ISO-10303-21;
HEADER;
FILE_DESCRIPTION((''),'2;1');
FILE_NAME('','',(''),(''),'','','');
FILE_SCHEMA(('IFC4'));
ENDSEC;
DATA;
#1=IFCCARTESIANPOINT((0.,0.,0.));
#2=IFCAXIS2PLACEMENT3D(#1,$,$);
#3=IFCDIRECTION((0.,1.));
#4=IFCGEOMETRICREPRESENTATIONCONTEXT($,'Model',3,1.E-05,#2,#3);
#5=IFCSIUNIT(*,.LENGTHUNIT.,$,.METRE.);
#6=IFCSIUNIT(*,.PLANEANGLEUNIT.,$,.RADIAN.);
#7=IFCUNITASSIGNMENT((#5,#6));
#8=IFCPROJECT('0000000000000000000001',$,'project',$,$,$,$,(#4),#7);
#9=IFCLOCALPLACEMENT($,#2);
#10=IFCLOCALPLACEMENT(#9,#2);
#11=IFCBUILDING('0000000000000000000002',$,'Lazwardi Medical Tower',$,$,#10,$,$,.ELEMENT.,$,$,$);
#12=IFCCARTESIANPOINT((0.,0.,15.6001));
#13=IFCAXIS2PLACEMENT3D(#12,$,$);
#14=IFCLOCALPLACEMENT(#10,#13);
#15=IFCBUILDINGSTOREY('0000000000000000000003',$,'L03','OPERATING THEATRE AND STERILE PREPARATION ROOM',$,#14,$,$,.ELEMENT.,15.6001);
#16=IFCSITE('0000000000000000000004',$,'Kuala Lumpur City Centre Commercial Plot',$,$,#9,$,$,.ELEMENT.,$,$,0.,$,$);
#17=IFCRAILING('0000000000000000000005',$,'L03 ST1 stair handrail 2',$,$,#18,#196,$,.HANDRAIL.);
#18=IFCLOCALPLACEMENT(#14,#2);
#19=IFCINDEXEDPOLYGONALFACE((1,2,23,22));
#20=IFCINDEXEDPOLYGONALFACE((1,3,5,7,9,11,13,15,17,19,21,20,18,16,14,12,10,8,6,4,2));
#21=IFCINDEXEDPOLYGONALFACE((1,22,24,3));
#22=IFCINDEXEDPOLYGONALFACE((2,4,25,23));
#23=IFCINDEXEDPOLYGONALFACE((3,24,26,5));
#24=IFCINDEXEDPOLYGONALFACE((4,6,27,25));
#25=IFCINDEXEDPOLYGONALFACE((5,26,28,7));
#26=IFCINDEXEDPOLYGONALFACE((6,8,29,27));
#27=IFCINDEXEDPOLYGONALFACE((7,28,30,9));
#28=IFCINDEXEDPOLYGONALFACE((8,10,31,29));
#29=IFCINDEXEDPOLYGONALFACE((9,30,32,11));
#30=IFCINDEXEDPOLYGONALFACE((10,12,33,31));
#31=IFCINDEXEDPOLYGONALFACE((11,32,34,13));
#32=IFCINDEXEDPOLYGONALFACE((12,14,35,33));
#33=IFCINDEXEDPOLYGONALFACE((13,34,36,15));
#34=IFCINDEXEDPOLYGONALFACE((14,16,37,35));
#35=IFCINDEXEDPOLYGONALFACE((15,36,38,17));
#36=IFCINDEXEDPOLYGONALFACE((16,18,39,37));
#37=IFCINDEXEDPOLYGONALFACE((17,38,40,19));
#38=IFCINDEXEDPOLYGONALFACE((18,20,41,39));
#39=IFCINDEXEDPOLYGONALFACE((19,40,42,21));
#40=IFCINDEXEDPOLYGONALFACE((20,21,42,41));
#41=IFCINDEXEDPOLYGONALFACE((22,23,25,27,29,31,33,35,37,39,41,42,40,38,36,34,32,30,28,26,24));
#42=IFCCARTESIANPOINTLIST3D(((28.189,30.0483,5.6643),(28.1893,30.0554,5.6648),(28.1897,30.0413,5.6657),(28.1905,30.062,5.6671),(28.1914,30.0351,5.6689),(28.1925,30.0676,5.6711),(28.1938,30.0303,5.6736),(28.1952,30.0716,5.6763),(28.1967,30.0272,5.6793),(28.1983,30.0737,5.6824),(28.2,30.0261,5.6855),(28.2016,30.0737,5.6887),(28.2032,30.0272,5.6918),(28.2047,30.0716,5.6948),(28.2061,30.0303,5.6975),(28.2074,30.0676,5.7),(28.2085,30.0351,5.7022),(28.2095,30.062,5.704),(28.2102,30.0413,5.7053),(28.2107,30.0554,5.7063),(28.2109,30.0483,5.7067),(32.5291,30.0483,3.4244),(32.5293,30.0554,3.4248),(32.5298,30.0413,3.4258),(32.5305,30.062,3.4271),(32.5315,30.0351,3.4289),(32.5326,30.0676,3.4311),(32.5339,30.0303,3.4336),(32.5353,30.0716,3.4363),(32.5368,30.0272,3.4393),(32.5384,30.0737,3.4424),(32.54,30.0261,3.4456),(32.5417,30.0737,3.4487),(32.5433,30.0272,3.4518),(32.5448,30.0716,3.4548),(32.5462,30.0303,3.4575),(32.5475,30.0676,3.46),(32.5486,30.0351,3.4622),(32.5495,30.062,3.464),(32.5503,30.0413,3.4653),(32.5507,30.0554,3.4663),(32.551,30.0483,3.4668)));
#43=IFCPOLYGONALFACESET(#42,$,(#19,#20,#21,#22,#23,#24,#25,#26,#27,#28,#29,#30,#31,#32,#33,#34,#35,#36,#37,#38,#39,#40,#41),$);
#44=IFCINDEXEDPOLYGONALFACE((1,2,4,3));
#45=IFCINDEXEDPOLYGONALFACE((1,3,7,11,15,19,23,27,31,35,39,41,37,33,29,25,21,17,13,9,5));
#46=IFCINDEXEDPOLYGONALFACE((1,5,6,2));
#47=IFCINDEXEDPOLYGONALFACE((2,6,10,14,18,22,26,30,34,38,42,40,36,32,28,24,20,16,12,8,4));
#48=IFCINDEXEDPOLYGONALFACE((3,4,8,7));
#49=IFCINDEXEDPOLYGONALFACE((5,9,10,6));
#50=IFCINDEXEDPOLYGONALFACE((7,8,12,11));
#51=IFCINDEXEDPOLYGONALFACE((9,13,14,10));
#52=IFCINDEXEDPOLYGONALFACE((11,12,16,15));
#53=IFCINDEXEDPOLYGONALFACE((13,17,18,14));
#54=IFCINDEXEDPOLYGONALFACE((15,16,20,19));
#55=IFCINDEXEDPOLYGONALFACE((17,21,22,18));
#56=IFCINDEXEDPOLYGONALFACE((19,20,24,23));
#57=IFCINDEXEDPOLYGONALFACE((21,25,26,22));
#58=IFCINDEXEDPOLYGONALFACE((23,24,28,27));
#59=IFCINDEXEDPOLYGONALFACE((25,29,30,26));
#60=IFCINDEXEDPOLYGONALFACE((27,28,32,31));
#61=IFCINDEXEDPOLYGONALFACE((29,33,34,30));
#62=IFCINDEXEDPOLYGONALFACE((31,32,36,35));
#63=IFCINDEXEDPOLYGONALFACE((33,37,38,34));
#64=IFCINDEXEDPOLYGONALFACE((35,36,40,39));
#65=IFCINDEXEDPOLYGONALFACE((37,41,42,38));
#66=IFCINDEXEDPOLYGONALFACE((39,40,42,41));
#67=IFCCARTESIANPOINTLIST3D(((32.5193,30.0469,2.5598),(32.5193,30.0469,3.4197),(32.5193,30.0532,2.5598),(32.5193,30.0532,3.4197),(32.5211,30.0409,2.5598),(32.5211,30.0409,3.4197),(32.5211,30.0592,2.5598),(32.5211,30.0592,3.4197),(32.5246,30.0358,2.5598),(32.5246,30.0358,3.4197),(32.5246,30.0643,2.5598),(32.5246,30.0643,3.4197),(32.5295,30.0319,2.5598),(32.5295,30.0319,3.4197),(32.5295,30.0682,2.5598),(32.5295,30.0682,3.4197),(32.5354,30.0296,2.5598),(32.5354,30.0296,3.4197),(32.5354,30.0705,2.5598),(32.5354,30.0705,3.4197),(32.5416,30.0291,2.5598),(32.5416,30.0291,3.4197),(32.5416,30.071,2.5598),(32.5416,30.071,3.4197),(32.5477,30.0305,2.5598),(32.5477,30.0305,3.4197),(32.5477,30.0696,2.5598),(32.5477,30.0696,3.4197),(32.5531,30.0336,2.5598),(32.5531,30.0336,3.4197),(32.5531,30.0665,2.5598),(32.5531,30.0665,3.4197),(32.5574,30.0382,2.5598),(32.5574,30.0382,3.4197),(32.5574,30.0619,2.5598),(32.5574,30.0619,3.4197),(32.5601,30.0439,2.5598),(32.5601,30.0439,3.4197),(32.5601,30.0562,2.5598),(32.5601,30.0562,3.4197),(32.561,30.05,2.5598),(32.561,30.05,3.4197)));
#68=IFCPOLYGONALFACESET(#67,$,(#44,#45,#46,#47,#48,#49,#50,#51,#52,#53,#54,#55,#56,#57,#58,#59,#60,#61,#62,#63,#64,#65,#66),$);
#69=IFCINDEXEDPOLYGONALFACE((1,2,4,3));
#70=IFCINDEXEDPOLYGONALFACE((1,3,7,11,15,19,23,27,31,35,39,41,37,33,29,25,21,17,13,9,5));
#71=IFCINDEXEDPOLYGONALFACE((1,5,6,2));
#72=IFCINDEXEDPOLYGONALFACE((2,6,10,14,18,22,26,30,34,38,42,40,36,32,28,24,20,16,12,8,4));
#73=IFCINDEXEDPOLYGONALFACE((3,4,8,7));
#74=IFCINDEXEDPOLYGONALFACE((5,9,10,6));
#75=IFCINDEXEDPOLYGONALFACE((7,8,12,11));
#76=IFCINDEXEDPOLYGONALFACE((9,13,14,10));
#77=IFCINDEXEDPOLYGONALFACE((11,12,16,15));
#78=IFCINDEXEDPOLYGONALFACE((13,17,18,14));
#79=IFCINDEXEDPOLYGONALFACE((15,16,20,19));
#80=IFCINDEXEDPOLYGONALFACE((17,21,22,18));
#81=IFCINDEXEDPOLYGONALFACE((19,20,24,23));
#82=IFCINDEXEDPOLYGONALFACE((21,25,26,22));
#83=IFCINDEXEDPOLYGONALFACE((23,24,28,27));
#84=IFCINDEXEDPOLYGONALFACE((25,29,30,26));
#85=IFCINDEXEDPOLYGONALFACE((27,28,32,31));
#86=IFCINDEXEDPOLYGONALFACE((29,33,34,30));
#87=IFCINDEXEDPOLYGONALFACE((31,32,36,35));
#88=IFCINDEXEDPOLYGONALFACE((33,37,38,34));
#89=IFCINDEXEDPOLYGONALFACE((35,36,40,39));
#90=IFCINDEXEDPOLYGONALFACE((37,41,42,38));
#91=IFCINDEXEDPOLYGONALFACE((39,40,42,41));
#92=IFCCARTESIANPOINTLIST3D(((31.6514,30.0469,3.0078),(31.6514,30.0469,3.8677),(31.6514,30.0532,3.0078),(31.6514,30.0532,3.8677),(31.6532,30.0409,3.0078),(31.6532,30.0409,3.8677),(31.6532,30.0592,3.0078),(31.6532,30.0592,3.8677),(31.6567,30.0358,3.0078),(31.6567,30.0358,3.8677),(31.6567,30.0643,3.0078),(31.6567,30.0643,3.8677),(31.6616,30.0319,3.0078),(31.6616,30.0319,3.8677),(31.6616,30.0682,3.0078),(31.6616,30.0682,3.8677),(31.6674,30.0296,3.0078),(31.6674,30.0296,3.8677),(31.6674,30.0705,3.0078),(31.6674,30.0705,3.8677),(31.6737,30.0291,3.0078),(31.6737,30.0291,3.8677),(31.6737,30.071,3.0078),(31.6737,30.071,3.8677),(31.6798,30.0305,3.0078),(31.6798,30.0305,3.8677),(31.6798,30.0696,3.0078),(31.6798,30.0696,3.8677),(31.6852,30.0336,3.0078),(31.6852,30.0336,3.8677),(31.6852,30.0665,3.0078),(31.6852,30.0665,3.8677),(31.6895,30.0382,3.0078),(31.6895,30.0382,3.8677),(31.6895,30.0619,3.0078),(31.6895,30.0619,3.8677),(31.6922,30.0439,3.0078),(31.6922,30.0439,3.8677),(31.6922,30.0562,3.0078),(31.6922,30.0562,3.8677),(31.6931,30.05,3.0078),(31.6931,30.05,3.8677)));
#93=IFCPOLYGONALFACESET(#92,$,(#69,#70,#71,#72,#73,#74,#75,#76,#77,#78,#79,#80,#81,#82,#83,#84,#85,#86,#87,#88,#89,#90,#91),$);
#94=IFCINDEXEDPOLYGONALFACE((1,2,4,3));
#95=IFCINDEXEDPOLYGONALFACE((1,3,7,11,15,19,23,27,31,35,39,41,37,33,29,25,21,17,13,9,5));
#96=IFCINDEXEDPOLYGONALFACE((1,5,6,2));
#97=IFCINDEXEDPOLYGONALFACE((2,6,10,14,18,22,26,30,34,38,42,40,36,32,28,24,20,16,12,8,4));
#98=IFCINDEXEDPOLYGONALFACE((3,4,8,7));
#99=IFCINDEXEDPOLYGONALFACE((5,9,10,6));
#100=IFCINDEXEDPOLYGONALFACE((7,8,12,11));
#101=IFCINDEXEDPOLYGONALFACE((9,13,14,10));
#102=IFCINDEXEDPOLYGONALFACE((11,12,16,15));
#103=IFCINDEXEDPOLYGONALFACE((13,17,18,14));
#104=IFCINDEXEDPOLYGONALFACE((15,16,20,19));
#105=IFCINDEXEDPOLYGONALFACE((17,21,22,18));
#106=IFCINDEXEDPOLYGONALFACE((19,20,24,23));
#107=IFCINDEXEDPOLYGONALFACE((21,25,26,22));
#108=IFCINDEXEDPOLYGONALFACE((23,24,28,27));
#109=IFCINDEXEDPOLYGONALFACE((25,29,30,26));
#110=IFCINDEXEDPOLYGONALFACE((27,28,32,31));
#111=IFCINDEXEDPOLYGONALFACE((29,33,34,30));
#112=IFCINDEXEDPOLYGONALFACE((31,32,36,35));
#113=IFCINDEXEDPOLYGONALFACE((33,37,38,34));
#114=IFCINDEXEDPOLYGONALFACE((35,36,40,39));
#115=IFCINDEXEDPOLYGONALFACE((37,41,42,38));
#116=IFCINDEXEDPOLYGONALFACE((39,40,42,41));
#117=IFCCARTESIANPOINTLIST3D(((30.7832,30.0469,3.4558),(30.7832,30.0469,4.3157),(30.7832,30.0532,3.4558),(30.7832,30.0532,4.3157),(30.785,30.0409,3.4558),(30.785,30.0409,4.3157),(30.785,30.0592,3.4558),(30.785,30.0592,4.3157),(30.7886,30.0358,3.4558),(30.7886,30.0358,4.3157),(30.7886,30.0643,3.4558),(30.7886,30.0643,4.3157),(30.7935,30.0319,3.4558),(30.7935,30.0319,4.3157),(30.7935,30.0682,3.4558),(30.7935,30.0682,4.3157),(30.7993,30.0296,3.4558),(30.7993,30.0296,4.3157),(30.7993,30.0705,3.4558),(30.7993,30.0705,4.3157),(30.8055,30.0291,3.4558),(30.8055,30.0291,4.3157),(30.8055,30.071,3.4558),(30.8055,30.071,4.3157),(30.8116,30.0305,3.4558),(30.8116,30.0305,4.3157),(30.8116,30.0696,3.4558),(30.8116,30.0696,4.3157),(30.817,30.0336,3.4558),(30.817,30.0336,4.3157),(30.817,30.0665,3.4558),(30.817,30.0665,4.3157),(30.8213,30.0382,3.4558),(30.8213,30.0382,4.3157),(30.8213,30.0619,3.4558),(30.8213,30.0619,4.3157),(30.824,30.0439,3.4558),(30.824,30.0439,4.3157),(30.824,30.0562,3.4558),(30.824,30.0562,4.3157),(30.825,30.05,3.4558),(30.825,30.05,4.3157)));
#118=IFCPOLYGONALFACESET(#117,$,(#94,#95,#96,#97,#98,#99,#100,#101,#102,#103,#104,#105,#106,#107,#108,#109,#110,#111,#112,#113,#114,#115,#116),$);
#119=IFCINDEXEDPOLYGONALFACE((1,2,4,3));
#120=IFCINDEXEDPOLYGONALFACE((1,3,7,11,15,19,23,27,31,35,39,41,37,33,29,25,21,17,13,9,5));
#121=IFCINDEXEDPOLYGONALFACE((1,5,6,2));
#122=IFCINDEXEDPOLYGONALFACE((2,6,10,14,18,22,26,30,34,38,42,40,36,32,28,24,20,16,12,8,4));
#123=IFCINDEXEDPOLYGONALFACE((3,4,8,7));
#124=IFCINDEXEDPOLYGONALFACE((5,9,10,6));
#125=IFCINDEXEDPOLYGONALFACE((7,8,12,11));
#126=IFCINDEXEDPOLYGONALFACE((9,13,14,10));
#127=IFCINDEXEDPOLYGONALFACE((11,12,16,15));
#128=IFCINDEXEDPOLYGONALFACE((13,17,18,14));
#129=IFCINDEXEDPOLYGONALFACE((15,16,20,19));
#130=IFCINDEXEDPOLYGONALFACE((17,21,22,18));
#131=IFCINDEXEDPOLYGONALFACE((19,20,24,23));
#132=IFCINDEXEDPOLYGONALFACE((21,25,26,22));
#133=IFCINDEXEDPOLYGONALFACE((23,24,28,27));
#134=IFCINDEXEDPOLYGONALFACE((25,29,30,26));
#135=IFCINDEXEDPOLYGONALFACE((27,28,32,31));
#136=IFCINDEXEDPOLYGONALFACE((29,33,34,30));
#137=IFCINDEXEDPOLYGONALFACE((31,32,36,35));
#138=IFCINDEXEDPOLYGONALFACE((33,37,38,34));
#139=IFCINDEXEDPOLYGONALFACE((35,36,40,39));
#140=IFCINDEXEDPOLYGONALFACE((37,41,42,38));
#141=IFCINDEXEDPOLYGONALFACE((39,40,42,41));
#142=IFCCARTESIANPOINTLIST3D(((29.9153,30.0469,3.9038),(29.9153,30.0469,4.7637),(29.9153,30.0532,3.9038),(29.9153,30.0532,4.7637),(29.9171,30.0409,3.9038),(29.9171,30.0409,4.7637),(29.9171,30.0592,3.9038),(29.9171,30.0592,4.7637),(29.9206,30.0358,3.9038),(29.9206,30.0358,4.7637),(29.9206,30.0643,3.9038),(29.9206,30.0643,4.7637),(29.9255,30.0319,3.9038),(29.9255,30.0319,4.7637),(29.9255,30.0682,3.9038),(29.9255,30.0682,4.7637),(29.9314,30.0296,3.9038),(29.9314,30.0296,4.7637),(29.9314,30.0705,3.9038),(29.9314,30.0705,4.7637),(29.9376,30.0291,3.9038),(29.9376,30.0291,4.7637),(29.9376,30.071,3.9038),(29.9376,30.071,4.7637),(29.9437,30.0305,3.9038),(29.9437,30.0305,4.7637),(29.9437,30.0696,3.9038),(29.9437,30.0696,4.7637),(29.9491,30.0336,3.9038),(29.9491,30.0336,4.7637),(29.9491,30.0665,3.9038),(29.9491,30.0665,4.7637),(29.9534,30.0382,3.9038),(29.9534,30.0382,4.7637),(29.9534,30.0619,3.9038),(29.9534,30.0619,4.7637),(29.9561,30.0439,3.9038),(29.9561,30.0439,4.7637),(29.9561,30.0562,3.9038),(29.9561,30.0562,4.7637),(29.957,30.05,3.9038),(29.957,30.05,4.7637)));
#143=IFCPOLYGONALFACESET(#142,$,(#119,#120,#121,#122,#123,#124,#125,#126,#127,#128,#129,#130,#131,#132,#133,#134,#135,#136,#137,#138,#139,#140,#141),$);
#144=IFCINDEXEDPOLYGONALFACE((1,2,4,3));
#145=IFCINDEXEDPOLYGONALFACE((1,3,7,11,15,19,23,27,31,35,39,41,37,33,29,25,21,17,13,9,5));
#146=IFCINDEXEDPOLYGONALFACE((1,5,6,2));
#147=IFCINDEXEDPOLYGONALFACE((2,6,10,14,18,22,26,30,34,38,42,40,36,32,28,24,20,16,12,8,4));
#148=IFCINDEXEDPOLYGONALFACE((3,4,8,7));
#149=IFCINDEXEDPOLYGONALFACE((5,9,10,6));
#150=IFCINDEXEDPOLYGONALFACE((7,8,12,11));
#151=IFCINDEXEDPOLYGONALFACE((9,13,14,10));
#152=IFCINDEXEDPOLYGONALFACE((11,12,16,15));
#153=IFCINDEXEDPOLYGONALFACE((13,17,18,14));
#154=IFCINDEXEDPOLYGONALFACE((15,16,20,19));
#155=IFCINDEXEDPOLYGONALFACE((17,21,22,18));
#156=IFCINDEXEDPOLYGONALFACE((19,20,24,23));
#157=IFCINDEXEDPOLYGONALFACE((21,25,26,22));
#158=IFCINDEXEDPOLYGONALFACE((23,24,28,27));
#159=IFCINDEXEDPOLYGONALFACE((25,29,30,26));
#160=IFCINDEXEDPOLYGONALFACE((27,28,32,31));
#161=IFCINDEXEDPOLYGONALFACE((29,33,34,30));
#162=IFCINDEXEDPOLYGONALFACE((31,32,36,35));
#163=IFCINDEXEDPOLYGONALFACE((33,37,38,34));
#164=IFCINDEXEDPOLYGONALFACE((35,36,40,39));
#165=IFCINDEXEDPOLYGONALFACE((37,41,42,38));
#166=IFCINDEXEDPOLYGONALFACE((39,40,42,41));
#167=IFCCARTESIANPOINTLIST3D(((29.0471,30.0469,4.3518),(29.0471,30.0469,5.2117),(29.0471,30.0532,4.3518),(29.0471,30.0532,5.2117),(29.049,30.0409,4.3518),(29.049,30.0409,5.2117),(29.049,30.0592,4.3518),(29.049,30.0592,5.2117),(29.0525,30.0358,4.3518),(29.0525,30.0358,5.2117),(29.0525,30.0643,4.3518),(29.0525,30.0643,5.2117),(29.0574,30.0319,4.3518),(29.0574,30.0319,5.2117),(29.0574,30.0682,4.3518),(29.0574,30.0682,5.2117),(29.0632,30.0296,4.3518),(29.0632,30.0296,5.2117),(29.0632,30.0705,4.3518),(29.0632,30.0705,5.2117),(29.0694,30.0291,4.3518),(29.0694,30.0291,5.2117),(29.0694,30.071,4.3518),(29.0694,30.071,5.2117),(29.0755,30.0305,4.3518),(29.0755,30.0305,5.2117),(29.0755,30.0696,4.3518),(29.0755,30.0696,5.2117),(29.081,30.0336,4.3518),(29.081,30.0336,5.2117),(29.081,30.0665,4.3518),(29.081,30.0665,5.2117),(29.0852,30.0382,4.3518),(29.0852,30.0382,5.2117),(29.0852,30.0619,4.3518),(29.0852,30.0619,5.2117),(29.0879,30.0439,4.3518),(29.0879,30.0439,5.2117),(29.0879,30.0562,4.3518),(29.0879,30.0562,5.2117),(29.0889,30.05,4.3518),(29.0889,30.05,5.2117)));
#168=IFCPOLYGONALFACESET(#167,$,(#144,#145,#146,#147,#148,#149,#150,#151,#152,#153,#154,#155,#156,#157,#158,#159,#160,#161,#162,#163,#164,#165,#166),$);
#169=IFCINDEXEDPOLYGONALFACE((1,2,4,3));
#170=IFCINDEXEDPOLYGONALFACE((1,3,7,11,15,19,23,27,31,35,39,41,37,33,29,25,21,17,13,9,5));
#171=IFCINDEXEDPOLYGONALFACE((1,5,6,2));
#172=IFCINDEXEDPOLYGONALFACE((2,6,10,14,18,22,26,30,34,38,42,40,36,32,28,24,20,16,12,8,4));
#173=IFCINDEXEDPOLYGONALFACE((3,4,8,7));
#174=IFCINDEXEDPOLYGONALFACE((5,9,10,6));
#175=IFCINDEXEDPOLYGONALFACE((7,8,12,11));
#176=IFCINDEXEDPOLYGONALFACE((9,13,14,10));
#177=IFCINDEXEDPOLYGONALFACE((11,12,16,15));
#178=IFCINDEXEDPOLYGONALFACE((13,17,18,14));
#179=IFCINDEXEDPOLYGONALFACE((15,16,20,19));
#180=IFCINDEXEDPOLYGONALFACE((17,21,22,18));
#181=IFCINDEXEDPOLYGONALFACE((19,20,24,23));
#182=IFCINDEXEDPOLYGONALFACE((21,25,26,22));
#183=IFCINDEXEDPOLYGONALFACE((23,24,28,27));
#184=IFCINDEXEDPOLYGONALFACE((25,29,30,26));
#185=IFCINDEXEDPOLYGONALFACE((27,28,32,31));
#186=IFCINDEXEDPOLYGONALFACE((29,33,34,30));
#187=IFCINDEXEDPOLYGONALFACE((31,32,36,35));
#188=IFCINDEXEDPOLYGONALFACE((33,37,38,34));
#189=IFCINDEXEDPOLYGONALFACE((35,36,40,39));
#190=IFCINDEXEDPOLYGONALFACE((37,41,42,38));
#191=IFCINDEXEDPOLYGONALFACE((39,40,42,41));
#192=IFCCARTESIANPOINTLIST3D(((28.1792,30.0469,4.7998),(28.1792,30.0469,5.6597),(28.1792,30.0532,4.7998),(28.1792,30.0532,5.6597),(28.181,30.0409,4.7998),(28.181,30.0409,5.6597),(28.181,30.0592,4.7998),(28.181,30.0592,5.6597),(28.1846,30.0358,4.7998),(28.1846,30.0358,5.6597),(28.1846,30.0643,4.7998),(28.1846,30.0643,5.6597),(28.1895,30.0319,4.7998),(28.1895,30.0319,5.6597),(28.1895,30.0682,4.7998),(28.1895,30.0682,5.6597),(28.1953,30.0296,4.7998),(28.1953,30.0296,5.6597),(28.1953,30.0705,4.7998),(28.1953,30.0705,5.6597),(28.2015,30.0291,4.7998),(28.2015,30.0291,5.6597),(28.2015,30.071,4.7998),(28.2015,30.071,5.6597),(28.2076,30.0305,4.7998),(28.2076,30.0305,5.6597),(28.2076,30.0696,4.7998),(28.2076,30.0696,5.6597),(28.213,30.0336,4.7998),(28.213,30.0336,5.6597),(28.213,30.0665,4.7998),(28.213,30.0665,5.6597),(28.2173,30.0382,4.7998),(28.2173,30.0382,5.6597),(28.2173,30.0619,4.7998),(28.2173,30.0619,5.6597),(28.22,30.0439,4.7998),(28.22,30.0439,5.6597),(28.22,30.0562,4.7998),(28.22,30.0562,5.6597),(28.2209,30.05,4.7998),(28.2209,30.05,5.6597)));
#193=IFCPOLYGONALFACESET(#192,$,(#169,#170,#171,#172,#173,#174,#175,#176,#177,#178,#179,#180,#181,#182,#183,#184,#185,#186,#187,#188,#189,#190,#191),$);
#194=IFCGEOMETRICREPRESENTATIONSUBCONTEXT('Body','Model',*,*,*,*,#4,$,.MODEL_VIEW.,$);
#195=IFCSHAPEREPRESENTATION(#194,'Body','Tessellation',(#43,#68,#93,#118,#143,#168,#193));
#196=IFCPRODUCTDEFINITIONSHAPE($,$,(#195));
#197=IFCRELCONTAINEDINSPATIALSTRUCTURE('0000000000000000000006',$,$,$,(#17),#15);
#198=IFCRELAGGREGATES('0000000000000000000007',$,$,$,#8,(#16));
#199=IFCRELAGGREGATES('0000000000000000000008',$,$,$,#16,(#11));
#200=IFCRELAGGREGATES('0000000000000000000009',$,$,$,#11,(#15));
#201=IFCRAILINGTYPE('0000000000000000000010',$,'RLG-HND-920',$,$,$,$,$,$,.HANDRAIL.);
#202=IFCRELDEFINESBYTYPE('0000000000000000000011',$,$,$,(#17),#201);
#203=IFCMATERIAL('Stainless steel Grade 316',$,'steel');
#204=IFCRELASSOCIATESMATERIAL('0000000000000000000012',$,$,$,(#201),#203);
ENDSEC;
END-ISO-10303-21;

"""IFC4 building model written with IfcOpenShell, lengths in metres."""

from ifc_helpers import new_model, si_unit, direction, frame, origin, origin_2d, place, context, subcontext, project, spatial, circle, extrude, material, type_object, element, save


model = new_model("IFC4")

# Units and contexts
model_context = context("Model", 3, precision=1e-05, world=origin(), true_north=direction((0.0, 1.0)))
body_context = subcontext(model_context, "Body", "Model", "MODEL_VIEW")
ifc_project = project(units=[si_unit("LENGTHUNIT", "METRE"), si_unit("PLANEANGLEUNIT", "RADIAN")], contexts=[model_context])

# Site, building, storey
site_placement = place(None, origin())
site = spatial("IfcSite", under=ifc_project, at=site_placement, Name="Kuala Lumpur City Centre Commercial Plot", CompositionType="ELEMENT", RefElevation=0.0)
building_placement = place(site_placement, origin())
building = spatial("IfcBuilding", under=site, at=building_placement, Name="Lazwardi Medical Tower", CompositionType="ELEMENT")
storey_placement = place(building_placement, frame((0.0, 0.0, 15.6001)))
storey = spatial("IfcBuildingStorey", under=building, at=storey_placement, Name="L03", Description="OPERATING THEATRE AND STERILE PREPARATION ROOM", CompositionType="ELEMENT", Elevation=15.6001)

# Railing
ifc_material_1 = material(Name="Stainless steel Grade 316", Category="steel")
railing_type_1 = type_object("IfcRailingType", Name="RLG-HND-920", PredefinedType="HANDRAIL", material=ifc_material_1)
railing_1_placement = place(storey_placement, frame((32.54, 30.05, 2.5598)))
element("IfcRailing", 1, at=railing_1_placement, inside=storey, type_object=railing_type_1, Name="L03 ST1 stair handrail 2", PredefinedType="HANDRAIL", context=body_context, shape_type="SweptSolid", body=[
    extrude(circle(Radius=0.0239, at=origin_2d()), frame((0.0, 0.0, 0.8857), z_axis=(-0.888625, 0.0, 0.458634), x_axis=(0.0, -1.0, 0.0)), (0.0, 0.0, 1.0), 4.884),
    extrude(circle(Radius=0.021, at=origin_2d()), origin(), (0.0, 0.0, 1.0), 0.8599),
    extrude(circle(Radius=0.021, at=origin_2d()), frame((-0.8679, 0.0, 0.448)), (0.0, 0.0, 1.0), 0.8599),
    extrude(circle(Radius=0.021, at=origin_2d()), frame((-1.7361, 0.0, 0.896)), (0.0, 0.0, 1.0), 0.8599),
    extrude(circle(Radius=0.021, at=origin_2d()), frame((-2.604, 0.0, 1.344)), (0.0, 0.0, 1.0), 0.8599),
    extrude(circle(Radius=0.021, at=origin_2d()), frame((-3.4722, 0.0, 1.792)), (0.0, 0.0, 1.0), 0.8599),
    extrude(circle(Radius=0.021, at=origin_2d()), frame((-4.3401, 0.0, 2.24)), (0.0, 0.0, 1.0), 0.8599),
])

save(model, "model.ifc")
